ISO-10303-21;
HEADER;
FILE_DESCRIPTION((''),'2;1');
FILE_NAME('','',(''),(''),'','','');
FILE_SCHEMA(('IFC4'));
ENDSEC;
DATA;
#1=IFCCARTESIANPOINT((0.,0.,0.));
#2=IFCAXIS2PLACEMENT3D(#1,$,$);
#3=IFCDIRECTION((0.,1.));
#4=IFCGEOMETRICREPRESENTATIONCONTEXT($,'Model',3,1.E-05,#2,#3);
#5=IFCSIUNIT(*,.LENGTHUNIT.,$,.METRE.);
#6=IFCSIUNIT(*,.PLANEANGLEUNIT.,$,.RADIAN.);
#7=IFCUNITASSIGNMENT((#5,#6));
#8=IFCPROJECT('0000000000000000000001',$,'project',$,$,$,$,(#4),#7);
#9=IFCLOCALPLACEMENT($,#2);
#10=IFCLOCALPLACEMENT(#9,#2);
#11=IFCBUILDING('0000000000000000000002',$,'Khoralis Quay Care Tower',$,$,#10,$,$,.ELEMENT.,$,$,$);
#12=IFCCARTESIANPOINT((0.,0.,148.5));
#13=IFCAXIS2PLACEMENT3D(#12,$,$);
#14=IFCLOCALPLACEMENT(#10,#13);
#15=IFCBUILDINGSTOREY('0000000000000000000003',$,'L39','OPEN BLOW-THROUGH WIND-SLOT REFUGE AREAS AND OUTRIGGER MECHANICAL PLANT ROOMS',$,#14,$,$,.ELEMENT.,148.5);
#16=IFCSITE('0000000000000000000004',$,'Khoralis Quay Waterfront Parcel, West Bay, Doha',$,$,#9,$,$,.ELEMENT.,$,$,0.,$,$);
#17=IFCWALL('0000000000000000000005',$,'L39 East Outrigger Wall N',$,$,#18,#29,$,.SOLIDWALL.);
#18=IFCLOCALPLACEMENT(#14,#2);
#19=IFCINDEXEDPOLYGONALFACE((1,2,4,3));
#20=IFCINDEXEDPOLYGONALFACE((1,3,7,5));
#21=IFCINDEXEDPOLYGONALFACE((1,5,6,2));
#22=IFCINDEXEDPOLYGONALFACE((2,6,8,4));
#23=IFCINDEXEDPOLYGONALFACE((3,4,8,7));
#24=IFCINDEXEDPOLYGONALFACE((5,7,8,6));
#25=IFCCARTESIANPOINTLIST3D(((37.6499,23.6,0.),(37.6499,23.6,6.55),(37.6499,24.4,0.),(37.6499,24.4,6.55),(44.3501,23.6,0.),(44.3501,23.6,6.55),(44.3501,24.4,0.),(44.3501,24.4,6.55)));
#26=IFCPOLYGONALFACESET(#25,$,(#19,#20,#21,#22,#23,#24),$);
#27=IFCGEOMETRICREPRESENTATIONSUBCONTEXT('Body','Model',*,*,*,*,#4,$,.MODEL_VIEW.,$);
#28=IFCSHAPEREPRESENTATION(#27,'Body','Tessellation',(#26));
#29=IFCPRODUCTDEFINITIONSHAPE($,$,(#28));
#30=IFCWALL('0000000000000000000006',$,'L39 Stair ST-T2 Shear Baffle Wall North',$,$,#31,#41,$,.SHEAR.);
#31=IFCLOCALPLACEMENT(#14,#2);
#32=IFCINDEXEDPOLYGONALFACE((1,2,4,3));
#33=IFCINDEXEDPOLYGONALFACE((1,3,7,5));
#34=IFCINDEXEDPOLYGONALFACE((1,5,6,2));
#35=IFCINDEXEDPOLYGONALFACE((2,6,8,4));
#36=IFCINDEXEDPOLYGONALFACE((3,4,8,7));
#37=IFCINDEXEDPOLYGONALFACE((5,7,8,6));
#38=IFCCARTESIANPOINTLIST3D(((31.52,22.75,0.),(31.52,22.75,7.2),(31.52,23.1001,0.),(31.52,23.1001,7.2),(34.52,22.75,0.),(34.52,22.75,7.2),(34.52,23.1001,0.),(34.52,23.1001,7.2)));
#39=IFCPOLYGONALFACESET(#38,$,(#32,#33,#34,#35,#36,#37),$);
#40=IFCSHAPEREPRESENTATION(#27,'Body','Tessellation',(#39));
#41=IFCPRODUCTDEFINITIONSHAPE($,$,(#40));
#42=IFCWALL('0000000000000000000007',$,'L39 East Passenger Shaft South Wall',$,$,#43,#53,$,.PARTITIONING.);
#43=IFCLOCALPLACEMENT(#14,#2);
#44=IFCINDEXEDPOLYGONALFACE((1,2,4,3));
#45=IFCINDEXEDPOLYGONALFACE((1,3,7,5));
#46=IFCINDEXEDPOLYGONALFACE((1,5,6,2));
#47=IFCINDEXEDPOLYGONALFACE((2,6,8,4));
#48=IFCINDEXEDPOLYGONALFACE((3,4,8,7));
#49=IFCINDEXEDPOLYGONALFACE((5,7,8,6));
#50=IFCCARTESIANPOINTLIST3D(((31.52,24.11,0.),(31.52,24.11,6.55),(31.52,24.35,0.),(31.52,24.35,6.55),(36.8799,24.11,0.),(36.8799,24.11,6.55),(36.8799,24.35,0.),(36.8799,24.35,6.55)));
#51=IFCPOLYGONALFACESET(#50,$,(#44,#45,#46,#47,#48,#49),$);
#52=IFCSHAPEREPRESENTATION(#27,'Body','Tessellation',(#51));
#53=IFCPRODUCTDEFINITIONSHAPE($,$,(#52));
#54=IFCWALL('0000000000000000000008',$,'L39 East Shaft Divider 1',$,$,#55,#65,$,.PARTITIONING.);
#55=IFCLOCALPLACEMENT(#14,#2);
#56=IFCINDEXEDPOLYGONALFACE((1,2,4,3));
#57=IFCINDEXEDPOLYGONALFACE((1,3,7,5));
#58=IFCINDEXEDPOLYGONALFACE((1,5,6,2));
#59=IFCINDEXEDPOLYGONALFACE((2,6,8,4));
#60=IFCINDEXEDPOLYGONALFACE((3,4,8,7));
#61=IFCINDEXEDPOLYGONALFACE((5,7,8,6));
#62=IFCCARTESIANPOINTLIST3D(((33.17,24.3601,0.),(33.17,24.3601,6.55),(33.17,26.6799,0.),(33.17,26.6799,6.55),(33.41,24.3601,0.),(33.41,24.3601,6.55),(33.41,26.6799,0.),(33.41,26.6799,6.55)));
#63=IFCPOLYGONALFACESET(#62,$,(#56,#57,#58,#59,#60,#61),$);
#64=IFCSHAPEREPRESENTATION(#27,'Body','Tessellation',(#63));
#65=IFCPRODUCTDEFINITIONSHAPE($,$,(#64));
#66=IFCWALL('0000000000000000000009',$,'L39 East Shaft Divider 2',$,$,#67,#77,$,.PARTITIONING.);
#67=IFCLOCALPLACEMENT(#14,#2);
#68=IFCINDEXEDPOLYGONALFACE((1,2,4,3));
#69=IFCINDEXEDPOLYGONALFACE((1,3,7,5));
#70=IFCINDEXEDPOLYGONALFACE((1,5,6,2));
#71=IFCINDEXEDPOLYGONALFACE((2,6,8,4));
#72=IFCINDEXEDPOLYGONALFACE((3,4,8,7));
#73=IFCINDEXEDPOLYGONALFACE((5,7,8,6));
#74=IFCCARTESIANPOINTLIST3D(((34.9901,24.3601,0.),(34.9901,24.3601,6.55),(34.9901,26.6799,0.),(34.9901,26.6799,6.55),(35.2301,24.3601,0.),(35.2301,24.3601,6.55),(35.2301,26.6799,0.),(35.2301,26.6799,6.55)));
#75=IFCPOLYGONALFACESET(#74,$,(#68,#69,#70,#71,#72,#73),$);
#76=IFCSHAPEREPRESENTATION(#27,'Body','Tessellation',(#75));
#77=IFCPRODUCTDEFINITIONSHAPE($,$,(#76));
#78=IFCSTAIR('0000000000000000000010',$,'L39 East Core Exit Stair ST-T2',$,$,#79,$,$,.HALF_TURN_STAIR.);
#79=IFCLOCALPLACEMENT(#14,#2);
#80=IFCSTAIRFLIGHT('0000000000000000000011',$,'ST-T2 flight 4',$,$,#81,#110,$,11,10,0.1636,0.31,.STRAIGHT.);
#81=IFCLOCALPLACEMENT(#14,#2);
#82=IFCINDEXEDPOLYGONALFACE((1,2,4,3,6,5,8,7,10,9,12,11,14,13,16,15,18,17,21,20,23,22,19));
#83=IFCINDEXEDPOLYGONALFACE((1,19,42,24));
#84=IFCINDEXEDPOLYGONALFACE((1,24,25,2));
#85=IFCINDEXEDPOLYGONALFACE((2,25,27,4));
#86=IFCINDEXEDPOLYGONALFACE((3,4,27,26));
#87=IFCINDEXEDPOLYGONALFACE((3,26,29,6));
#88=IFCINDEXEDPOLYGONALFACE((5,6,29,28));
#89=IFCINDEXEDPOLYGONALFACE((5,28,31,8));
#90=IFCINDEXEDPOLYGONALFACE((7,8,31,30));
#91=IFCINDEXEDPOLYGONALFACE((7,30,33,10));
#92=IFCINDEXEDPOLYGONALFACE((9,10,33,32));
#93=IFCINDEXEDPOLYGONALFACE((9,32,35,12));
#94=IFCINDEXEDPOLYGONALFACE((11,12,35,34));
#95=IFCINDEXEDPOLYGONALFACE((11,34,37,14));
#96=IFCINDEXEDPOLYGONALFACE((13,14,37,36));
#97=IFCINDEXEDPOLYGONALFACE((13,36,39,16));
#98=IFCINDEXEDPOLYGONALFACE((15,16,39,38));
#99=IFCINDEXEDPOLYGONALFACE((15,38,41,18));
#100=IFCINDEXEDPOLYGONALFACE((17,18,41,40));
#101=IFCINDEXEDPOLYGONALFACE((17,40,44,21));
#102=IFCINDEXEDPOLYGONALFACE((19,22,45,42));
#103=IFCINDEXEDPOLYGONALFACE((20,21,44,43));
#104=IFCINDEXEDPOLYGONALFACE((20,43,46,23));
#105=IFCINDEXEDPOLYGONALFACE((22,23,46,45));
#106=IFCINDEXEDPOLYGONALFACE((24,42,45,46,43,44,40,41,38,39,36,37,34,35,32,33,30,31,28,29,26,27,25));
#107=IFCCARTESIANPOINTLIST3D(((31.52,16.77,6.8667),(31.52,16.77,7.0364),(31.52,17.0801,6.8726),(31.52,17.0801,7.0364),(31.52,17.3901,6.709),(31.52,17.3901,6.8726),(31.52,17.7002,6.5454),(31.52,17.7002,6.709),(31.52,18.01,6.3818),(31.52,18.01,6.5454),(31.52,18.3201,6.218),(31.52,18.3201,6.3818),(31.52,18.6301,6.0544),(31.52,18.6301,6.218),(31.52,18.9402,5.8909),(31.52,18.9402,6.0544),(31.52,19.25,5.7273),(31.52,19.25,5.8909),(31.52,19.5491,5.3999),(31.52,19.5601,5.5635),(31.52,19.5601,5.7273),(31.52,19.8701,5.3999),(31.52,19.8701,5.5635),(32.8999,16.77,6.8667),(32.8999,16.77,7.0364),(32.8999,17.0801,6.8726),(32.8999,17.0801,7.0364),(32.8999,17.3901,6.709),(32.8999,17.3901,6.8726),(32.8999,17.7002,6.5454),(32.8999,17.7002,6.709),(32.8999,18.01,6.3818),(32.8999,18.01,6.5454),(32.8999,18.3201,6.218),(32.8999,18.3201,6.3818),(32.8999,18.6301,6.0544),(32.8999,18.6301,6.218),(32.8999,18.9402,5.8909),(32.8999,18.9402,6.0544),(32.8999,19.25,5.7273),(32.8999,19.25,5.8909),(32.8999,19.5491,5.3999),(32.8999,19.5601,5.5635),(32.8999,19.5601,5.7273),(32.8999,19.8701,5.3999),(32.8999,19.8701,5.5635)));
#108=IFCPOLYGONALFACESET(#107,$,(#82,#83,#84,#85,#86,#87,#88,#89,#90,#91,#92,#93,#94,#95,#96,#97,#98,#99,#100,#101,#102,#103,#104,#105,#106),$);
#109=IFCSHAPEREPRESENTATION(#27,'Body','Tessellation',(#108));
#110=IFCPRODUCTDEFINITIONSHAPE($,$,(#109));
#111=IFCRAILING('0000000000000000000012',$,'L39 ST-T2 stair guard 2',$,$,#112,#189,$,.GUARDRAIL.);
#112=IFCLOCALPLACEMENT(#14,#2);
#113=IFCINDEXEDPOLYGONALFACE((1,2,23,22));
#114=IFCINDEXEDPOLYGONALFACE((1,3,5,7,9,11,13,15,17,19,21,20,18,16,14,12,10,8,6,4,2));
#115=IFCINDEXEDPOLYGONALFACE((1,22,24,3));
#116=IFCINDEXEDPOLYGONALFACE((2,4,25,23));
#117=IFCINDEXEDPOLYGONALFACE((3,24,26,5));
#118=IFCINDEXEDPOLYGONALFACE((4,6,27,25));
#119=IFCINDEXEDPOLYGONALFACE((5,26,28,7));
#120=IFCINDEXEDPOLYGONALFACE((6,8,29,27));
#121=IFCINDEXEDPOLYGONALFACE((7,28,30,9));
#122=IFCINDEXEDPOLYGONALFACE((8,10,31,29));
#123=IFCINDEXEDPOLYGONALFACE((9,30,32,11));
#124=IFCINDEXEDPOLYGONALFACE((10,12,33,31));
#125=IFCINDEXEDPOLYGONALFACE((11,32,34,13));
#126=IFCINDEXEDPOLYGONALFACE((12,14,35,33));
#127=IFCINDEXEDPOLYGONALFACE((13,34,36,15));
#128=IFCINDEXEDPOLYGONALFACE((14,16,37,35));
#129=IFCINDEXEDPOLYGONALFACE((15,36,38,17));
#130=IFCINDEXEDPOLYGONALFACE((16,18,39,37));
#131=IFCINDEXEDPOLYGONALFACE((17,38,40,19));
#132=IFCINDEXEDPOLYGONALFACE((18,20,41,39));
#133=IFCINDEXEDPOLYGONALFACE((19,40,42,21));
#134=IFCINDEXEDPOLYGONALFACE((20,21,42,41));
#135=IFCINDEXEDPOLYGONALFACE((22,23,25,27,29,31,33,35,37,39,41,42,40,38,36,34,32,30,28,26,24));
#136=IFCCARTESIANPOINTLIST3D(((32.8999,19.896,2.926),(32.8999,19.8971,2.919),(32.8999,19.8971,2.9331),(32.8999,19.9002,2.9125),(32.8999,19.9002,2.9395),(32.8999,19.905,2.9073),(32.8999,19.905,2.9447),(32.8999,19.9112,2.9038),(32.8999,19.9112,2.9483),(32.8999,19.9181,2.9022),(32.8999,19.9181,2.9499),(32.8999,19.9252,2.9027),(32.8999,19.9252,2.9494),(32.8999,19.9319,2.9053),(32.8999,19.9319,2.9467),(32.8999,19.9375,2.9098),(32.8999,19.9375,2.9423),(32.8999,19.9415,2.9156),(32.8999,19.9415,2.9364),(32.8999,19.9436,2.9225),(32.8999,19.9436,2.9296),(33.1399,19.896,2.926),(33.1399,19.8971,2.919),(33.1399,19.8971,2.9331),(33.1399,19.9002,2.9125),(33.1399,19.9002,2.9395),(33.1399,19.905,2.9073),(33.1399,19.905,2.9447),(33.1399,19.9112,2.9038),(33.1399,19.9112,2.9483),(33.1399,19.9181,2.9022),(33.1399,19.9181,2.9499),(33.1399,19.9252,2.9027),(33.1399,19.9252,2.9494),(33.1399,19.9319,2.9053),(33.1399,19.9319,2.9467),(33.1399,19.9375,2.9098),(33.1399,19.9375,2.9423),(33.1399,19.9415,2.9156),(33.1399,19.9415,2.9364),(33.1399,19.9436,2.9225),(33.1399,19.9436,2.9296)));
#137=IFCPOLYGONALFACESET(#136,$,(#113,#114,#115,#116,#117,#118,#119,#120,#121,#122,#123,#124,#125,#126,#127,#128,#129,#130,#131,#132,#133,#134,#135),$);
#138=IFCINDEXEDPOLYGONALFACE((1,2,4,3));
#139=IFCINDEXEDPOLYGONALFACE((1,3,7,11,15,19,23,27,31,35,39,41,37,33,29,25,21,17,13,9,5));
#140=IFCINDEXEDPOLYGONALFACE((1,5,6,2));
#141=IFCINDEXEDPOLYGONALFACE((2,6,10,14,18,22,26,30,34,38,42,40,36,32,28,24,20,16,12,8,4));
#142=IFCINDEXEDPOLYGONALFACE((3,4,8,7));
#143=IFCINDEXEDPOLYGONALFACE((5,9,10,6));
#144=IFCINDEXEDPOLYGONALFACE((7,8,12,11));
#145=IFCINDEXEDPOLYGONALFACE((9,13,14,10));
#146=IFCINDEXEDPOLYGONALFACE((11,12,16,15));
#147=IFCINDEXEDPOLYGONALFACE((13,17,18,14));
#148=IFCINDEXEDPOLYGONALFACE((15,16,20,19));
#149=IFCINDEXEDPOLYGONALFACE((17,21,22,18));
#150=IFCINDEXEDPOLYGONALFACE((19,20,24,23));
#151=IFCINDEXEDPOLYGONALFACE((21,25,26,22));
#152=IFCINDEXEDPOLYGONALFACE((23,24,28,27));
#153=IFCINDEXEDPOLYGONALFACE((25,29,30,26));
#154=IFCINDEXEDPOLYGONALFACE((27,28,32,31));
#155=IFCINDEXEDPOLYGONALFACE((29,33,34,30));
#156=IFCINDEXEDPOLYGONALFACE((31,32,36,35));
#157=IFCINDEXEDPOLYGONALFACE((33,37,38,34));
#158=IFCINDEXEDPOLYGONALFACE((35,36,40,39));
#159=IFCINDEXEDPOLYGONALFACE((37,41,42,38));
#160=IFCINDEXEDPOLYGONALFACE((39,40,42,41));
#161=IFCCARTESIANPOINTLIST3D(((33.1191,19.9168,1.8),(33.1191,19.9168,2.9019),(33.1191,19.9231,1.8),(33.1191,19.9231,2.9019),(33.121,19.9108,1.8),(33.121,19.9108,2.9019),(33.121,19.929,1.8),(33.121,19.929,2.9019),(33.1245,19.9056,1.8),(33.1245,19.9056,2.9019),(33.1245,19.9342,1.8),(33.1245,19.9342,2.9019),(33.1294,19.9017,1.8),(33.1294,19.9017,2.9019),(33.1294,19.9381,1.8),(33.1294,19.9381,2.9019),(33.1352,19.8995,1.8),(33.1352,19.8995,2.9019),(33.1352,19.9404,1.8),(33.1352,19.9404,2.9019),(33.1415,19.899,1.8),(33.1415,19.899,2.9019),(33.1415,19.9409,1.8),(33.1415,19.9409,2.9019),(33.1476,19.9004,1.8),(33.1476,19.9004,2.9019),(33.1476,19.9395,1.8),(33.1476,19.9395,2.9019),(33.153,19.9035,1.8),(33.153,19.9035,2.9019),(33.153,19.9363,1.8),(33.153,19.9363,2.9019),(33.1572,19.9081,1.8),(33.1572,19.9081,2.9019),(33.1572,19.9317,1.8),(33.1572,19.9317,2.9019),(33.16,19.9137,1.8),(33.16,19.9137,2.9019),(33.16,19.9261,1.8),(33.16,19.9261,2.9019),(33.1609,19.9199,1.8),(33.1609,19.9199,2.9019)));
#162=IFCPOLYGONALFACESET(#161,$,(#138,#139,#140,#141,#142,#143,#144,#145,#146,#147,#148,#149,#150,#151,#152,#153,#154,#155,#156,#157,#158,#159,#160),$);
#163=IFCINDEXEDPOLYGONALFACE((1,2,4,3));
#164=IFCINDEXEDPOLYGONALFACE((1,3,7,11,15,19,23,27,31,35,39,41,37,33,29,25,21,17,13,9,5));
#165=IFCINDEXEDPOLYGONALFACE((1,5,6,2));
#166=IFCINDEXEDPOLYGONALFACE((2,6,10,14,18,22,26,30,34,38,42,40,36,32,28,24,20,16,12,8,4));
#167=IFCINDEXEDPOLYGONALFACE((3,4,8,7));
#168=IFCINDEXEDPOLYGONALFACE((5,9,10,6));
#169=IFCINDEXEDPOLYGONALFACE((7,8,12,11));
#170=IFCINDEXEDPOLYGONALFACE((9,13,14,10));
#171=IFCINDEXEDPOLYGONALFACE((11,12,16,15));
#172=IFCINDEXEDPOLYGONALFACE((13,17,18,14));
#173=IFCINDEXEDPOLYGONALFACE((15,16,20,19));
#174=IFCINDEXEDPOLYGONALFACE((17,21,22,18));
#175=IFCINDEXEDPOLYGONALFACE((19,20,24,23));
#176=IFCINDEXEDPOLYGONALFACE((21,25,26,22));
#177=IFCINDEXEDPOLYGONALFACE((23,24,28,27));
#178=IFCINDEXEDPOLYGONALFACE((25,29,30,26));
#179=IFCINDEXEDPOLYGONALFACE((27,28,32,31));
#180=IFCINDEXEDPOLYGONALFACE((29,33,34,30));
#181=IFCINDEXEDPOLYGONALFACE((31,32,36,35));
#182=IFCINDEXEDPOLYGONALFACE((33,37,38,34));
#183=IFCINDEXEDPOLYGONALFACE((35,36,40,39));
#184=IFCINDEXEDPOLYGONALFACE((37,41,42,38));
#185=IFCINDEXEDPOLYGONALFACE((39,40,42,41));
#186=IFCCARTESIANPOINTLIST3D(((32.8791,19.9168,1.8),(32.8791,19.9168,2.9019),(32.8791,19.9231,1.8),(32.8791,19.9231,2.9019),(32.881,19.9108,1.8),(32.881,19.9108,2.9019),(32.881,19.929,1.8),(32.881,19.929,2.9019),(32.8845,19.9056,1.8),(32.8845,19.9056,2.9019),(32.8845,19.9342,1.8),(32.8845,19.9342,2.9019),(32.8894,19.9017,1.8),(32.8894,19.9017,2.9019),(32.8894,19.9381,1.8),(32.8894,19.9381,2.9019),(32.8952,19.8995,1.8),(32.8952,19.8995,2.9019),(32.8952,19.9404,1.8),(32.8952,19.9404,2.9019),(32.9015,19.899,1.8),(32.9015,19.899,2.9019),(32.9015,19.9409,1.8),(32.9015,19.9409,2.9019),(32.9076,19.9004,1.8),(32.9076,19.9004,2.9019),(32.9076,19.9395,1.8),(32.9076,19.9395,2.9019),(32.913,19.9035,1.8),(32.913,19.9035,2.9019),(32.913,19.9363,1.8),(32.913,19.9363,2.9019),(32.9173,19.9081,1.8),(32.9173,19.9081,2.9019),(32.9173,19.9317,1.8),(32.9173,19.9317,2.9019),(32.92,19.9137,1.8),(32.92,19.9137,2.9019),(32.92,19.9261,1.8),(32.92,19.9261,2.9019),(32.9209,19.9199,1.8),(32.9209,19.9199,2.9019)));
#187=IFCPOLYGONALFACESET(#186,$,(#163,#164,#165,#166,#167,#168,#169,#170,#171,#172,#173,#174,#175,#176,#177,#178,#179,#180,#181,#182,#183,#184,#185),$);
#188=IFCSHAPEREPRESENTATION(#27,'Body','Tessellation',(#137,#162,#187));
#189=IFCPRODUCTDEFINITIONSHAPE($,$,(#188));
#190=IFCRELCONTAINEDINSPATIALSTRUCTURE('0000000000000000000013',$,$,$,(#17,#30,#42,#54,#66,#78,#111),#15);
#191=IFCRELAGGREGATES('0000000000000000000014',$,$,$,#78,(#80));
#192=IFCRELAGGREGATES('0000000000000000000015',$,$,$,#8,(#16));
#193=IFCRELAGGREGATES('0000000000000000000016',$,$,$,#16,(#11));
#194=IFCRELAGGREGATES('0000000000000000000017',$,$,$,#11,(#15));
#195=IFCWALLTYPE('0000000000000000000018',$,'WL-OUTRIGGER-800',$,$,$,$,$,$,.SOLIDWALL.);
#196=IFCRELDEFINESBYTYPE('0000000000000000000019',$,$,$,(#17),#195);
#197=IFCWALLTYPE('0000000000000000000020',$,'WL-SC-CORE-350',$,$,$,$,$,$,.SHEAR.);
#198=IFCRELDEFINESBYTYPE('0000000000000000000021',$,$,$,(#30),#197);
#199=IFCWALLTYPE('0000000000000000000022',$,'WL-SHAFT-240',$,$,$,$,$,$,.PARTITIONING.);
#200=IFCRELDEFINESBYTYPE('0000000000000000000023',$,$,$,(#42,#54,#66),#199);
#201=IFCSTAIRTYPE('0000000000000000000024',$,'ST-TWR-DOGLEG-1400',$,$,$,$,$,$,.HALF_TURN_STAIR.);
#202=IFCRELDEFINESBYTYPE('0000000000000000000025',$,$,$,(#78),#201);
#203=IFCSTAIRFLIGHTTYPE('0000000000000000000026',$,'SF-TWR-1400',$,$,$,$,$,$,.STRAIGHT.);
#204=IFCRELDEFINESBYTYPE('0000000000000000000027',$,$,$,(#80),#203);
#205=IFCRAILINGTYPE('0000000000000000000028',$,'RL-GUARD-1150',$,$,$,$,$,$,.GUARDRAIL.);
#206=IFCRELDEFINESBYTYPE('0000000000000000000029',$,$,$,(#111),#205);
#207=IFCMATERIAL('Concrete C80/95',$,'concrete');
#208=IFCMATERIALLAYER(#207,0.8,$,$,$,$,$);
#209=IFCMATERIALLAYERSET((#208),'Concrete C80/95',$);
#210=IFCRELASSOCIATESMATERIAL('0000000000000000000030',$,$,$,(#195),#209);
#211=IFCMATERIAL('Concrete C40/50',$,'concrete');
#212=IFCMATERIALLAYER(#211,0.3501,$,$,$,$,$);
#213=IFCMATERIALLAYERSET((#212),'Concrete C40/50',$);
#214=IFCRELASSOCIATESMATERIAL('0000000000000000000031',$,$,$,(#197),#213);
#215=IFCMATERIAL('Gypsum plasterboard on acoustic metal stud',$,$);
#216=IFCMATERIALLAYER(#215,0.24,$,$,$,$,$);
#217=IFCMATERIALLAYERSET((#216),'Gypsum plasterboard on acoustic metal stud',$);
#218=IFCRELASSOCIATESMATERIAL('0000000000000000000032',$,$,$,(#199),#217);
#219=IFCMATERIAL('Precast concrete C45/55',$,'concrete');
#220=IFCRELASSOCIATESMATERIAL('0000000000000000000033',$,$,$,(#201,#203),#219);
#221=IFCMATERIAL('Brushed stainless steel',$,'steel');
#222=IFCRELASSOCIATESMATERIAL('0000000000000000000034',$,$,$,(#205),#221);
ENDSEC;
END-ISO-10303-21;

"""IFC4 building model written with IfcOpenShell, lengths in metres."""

from ifc_helpers import new_model, si_unit, direction, frame, frame_2d, origin, origin_2d, place, context, subcontext, project, spatial, polyline, rectangle, circle, outline, extrude, source, transform, mapped, material, layer, layer_set, type_object, element, aggregate, save


model = new_model("IFC4")

# Units and contexts
model_context = context("Model", 3, precision=1e-05, world=origin(), true_north=direction((0.0, 1.0)))
body_context = subcontext(model_context, "Body", "Model", "MODEL_VIEW")
ifc_project = project(units=[si_unit("LENGTHUNIT", "METRE"), si_unit("PLANEANGLEUNIT", "RADIAN")], contexts=[model_context])

# Site, building, storey
site_placement = place(None, origin())
site = spatial("IfcSite", under=ifc_project, at=site_placement, Name="Khoralis Quay Waterfront Parcel, West Bay, Doha", CompositionType="ELEMENT", RefElevation=0.0)
building_placement = place(site_placement, origin())
building = spatial("IfcBuilding", under=site, at=building_placement, Name="Khoralis Quay Care Tower", CompositionType="ELEMENT")
storey_placement = place(building_placement, frame((0.0, 0.0, 148.5)))
storey = spatial("IfcBuildingStorey", under=building, at=storey_placement, Name="L39", Description="OPEN BLOW-THROUGH WIND-SLOT REFUGE AREAS AND OUTRIGGER MECHANICAL PLANT ROOMS", CompositionType="ELEMENT", Elevation=148.5)

# Shared definitions
ifc_material_1 = material(Name="Concrete C80/95", Category="concrete")

# Shared definitions
ifc_material_2 = material(Name="Gypsum plasterboard on acoustic metal stud")

# Shared definitions
ifc_material_3 = material(Name="Brushed stainless steel", Category="steel")

# Walls
ifc_layer_1 = layer(ifc_material_1, 0.8)
ifc_layer_set_1 = layer_set([ifc_layer_1], Name="Concrete C80/95")
wall_type_1 = type_object("IfcWallType", Name="WL-OUTRIGGER-800", PredefinedType="SOLIDWALL", material=ifc_layer_set_1)
wall_1_placement = place(storey_placement, frame((37.6499, 24.0, 0.0), z_axis=(0.0, 0.0, 1.0), x_axis=(1.0, 0.0, 0.0)))
element("IfcWall", 1, at=wall_1_placement, inside=storey, type_object=wall_type_1, Name="L39 East Outrigger Wall N", PredefinedType="SOLIDWALL", context=body_context, shape_type="SweptSolid", body=[
    extrude(rectangle(XDim=6.7002, YDim=0.8, at=frame_2d((3.3501, 0.0))), origin(), (0.0, 0.0, 1.0), 6.55),
])
ifc_material_4 = material(Name="Concrete C40/50", Category="concrete")
ifc_layer_2 = layer(ifc_material_4, 0.3501)
ifc_layer_set_2 = layer_set([ifc_layer_2], Name="Concrete C40/50")
wall_type_2 = type_object("IfcWallType", Name="WL-SC-CORE-350", PredefinedType="SHEAR", material=ifc_layer_set_2)
wall_2_placement = place(storey_placement, frame((31.52, 22.925, 0.0), z_axis=(0.0, 0.0, 1.0), x_axis=(1.0, 0.0, 0.0)))
element("IfcWall", 2, at=wall_2_placement, inside=storey, type_object=wall_type_2, Name="L39 Stair ST-T2 Shear Baffle Wall North", PredefinedType="SHEAR", context=body_context, shape_type="SweptSolid", body=[
    extrude(rectangle(XDim=3.0, YDim=0.3501, at=frame_2d((1.5, 0.0))), origin(), (0.0, 0.0, 1.0), 7.2),
])
ifc_layer_3 = layer(ifc_material_2, 0.24)
ifc_layer_set_3 = layer_set([ifc_layer_3], Name="Gypsum plasterboard on acoustic metal stud")
wall_type_3 = type_object("IfcWallType", Name="WL-SHAFT-240", PredefinedType="PARTITIONING", material=ifc_layer_set_3)
wall_3_placement = place(storey_placement, frame((31.52, 24.23, 0.0), z_axis=(0.0, 0.0, 1.0), x_axis=(1.0, 0.0, 0.0)))
element("IfcWall", 3, at=wall_3_placement, inside=storey, type_object=wall_type_3, Name="L39 East Passenger Shaft South Wall", PredefinedType="PARTITIONING", context=body_context, shape_type="SweptSolid", body=[
    extrude(rectangle(XDim=5.3599, YDim=0.24, at=frame_2d((2.6799, 0.0))), origin(), (0.0, 0.0, 1.0), 6.55),
])
for number, where, z_axis, x_axis, name in (
    (4, (33.29, 24.3601, 0.0), (0.0, 0.0, 1.0), (0.0, 1.0, 0.0), "L39 East Shaft Divider 1"),
    (5, (35.1101, 24.3601, 0.0), (0.0, 0.0, 1.0), (0.0, 1.0, 0.0), "L39 East Shaft Divider 2"),
):
    element("IfcWall", number, at=place(storey_placement, frame(where, z_axis=z_axis, x_axis=x_axis)), inside=storey, type_object=wall_type_3, Name=name, PredefinedType="PARTITIONING", context=body_context, shape_type="SweptSolid", body=[
        extrude(rectangle(XDim=2.3198, YDim=0.24, at=frame_2d((1.1599, 0.0))), origin(), (0.0, 0.0, 1.0), 6.55),
    ])

# Stair, stair flight
ifc_material_5 = material(Name="Precast concrete C45/55", Category="concrete")
stair_type = type_object("IfcStairType", Name="ST-TWR-DOGLEG-1400", PredefinedType="HALF_TURN_STAIR", material=ifc_material_5)
stair_placement = place(storey_placement, origin())
stair = element("IfcStair", 6, at=stair_placement, inside=storey, type_object=stair_type, Name="L39 East Core Exit Stair ST-T2", PredefinedType="HALF_TURN_STAIR")
stair_flight_type = type_object("IfcStairFlightType", Name="SF-TWR-1400", PredefinedType="STRAIGHT", material=ifc_material_5)
shared_shape_1 = source(origin(), body_context, "Body", "SweptSolid", [
    extrude(outline(polyline([(0.0, 0.0), (0.0, 0.1636), (0.3101, 0.1636), (0.3101, 0.3274), (0.6201, 0.3274), (0.6201, 0.491), (0.9299, 0.491), (0.9299, 0.6545), (1.24, 0.6545), (1.24, 0.8181), (1.55, 0.8181), (1.55, 0.9819), (1.8601, 0.9819), (1.8601, 1.1455), (2.1699, 1.1455), (2.1699, 1.3091), (2.48, 1.3091), (2.48, 1.4727), (2.79, 1.4727), (2.79, 1.6365), (3.1001, 1.6365), (3.1001, 1.8), (3.1001, 1.4668), (0.321, 0.0), (0.0, 0.0)])), frame((0.0, 0.6899, 0.0), z_axis=(0.0, -1.0, 0.0), x_axis=(1.0, 0.0, 0.0)), (0.0, 0.0, 1.0), 1.3799),
])
stair_flight_placement = place(storey_placement, frame((32.21, 19.8701, 5.3999), z_axis=(0.0, 0.0, 1.0), x_axis=(0.0, -1.0, 0.0)))
stair_flight = element("IfcStairFlight", 7, at=stair_flight_placement, type_object=stair_flight_type, Name="ST-T2 flight 4", NumberOfRisers=11, NumberOfTreads=10, PredefinedType="STRAIGHT", RiserHeight=0.1636, TreadLength=0.31, context=body_context, shape_type="MappedRepresentation", body=[
    mapped(shared_shape_1, transform((0.0, 0.0, 0.0), scale=1.0)),
])
aggregate(stair, [stair_flight])

# Railing
railing_type_1 = type_object("IfcRailingType", Name="RL-GUARD-1150", PredefinedType="GUARDRAIL", material=ifc_material_3)
railing_1_placement = place(storey_placement, frame((33.1399, 19.9199, 1.8)))
element("IfcRailing", 8, at=railing_1_placement, inside=storey, type_object=railing_type_1, Name="L39 ST-T2 stair guard 2", PredefinedType="GUARDRAIL", context=body_context, shape_type="SweptSolid", body=[
    extrude(circle(Radius=0.0239, at=origin_2d()), frame((0.0, 0.0, 1.126), z_axis=(-1.0, 0.0, 0.0), x_axis=(0.0, -1.0, 0.0)), (0.0, 0.0, 1.0), 0.24),
    extrude(circle(Radius=0.021, at=origin_2d()), origin(), (0.0, 0.0, 1.0), 1.1018),
    extrude(circle(Radius=0.021, at=origin_2d()), frame((-0.24, 0.0, 0.0)), (0.0, 0.0, 1.0), 1.1018),
])

save(model, "model.ifc")
